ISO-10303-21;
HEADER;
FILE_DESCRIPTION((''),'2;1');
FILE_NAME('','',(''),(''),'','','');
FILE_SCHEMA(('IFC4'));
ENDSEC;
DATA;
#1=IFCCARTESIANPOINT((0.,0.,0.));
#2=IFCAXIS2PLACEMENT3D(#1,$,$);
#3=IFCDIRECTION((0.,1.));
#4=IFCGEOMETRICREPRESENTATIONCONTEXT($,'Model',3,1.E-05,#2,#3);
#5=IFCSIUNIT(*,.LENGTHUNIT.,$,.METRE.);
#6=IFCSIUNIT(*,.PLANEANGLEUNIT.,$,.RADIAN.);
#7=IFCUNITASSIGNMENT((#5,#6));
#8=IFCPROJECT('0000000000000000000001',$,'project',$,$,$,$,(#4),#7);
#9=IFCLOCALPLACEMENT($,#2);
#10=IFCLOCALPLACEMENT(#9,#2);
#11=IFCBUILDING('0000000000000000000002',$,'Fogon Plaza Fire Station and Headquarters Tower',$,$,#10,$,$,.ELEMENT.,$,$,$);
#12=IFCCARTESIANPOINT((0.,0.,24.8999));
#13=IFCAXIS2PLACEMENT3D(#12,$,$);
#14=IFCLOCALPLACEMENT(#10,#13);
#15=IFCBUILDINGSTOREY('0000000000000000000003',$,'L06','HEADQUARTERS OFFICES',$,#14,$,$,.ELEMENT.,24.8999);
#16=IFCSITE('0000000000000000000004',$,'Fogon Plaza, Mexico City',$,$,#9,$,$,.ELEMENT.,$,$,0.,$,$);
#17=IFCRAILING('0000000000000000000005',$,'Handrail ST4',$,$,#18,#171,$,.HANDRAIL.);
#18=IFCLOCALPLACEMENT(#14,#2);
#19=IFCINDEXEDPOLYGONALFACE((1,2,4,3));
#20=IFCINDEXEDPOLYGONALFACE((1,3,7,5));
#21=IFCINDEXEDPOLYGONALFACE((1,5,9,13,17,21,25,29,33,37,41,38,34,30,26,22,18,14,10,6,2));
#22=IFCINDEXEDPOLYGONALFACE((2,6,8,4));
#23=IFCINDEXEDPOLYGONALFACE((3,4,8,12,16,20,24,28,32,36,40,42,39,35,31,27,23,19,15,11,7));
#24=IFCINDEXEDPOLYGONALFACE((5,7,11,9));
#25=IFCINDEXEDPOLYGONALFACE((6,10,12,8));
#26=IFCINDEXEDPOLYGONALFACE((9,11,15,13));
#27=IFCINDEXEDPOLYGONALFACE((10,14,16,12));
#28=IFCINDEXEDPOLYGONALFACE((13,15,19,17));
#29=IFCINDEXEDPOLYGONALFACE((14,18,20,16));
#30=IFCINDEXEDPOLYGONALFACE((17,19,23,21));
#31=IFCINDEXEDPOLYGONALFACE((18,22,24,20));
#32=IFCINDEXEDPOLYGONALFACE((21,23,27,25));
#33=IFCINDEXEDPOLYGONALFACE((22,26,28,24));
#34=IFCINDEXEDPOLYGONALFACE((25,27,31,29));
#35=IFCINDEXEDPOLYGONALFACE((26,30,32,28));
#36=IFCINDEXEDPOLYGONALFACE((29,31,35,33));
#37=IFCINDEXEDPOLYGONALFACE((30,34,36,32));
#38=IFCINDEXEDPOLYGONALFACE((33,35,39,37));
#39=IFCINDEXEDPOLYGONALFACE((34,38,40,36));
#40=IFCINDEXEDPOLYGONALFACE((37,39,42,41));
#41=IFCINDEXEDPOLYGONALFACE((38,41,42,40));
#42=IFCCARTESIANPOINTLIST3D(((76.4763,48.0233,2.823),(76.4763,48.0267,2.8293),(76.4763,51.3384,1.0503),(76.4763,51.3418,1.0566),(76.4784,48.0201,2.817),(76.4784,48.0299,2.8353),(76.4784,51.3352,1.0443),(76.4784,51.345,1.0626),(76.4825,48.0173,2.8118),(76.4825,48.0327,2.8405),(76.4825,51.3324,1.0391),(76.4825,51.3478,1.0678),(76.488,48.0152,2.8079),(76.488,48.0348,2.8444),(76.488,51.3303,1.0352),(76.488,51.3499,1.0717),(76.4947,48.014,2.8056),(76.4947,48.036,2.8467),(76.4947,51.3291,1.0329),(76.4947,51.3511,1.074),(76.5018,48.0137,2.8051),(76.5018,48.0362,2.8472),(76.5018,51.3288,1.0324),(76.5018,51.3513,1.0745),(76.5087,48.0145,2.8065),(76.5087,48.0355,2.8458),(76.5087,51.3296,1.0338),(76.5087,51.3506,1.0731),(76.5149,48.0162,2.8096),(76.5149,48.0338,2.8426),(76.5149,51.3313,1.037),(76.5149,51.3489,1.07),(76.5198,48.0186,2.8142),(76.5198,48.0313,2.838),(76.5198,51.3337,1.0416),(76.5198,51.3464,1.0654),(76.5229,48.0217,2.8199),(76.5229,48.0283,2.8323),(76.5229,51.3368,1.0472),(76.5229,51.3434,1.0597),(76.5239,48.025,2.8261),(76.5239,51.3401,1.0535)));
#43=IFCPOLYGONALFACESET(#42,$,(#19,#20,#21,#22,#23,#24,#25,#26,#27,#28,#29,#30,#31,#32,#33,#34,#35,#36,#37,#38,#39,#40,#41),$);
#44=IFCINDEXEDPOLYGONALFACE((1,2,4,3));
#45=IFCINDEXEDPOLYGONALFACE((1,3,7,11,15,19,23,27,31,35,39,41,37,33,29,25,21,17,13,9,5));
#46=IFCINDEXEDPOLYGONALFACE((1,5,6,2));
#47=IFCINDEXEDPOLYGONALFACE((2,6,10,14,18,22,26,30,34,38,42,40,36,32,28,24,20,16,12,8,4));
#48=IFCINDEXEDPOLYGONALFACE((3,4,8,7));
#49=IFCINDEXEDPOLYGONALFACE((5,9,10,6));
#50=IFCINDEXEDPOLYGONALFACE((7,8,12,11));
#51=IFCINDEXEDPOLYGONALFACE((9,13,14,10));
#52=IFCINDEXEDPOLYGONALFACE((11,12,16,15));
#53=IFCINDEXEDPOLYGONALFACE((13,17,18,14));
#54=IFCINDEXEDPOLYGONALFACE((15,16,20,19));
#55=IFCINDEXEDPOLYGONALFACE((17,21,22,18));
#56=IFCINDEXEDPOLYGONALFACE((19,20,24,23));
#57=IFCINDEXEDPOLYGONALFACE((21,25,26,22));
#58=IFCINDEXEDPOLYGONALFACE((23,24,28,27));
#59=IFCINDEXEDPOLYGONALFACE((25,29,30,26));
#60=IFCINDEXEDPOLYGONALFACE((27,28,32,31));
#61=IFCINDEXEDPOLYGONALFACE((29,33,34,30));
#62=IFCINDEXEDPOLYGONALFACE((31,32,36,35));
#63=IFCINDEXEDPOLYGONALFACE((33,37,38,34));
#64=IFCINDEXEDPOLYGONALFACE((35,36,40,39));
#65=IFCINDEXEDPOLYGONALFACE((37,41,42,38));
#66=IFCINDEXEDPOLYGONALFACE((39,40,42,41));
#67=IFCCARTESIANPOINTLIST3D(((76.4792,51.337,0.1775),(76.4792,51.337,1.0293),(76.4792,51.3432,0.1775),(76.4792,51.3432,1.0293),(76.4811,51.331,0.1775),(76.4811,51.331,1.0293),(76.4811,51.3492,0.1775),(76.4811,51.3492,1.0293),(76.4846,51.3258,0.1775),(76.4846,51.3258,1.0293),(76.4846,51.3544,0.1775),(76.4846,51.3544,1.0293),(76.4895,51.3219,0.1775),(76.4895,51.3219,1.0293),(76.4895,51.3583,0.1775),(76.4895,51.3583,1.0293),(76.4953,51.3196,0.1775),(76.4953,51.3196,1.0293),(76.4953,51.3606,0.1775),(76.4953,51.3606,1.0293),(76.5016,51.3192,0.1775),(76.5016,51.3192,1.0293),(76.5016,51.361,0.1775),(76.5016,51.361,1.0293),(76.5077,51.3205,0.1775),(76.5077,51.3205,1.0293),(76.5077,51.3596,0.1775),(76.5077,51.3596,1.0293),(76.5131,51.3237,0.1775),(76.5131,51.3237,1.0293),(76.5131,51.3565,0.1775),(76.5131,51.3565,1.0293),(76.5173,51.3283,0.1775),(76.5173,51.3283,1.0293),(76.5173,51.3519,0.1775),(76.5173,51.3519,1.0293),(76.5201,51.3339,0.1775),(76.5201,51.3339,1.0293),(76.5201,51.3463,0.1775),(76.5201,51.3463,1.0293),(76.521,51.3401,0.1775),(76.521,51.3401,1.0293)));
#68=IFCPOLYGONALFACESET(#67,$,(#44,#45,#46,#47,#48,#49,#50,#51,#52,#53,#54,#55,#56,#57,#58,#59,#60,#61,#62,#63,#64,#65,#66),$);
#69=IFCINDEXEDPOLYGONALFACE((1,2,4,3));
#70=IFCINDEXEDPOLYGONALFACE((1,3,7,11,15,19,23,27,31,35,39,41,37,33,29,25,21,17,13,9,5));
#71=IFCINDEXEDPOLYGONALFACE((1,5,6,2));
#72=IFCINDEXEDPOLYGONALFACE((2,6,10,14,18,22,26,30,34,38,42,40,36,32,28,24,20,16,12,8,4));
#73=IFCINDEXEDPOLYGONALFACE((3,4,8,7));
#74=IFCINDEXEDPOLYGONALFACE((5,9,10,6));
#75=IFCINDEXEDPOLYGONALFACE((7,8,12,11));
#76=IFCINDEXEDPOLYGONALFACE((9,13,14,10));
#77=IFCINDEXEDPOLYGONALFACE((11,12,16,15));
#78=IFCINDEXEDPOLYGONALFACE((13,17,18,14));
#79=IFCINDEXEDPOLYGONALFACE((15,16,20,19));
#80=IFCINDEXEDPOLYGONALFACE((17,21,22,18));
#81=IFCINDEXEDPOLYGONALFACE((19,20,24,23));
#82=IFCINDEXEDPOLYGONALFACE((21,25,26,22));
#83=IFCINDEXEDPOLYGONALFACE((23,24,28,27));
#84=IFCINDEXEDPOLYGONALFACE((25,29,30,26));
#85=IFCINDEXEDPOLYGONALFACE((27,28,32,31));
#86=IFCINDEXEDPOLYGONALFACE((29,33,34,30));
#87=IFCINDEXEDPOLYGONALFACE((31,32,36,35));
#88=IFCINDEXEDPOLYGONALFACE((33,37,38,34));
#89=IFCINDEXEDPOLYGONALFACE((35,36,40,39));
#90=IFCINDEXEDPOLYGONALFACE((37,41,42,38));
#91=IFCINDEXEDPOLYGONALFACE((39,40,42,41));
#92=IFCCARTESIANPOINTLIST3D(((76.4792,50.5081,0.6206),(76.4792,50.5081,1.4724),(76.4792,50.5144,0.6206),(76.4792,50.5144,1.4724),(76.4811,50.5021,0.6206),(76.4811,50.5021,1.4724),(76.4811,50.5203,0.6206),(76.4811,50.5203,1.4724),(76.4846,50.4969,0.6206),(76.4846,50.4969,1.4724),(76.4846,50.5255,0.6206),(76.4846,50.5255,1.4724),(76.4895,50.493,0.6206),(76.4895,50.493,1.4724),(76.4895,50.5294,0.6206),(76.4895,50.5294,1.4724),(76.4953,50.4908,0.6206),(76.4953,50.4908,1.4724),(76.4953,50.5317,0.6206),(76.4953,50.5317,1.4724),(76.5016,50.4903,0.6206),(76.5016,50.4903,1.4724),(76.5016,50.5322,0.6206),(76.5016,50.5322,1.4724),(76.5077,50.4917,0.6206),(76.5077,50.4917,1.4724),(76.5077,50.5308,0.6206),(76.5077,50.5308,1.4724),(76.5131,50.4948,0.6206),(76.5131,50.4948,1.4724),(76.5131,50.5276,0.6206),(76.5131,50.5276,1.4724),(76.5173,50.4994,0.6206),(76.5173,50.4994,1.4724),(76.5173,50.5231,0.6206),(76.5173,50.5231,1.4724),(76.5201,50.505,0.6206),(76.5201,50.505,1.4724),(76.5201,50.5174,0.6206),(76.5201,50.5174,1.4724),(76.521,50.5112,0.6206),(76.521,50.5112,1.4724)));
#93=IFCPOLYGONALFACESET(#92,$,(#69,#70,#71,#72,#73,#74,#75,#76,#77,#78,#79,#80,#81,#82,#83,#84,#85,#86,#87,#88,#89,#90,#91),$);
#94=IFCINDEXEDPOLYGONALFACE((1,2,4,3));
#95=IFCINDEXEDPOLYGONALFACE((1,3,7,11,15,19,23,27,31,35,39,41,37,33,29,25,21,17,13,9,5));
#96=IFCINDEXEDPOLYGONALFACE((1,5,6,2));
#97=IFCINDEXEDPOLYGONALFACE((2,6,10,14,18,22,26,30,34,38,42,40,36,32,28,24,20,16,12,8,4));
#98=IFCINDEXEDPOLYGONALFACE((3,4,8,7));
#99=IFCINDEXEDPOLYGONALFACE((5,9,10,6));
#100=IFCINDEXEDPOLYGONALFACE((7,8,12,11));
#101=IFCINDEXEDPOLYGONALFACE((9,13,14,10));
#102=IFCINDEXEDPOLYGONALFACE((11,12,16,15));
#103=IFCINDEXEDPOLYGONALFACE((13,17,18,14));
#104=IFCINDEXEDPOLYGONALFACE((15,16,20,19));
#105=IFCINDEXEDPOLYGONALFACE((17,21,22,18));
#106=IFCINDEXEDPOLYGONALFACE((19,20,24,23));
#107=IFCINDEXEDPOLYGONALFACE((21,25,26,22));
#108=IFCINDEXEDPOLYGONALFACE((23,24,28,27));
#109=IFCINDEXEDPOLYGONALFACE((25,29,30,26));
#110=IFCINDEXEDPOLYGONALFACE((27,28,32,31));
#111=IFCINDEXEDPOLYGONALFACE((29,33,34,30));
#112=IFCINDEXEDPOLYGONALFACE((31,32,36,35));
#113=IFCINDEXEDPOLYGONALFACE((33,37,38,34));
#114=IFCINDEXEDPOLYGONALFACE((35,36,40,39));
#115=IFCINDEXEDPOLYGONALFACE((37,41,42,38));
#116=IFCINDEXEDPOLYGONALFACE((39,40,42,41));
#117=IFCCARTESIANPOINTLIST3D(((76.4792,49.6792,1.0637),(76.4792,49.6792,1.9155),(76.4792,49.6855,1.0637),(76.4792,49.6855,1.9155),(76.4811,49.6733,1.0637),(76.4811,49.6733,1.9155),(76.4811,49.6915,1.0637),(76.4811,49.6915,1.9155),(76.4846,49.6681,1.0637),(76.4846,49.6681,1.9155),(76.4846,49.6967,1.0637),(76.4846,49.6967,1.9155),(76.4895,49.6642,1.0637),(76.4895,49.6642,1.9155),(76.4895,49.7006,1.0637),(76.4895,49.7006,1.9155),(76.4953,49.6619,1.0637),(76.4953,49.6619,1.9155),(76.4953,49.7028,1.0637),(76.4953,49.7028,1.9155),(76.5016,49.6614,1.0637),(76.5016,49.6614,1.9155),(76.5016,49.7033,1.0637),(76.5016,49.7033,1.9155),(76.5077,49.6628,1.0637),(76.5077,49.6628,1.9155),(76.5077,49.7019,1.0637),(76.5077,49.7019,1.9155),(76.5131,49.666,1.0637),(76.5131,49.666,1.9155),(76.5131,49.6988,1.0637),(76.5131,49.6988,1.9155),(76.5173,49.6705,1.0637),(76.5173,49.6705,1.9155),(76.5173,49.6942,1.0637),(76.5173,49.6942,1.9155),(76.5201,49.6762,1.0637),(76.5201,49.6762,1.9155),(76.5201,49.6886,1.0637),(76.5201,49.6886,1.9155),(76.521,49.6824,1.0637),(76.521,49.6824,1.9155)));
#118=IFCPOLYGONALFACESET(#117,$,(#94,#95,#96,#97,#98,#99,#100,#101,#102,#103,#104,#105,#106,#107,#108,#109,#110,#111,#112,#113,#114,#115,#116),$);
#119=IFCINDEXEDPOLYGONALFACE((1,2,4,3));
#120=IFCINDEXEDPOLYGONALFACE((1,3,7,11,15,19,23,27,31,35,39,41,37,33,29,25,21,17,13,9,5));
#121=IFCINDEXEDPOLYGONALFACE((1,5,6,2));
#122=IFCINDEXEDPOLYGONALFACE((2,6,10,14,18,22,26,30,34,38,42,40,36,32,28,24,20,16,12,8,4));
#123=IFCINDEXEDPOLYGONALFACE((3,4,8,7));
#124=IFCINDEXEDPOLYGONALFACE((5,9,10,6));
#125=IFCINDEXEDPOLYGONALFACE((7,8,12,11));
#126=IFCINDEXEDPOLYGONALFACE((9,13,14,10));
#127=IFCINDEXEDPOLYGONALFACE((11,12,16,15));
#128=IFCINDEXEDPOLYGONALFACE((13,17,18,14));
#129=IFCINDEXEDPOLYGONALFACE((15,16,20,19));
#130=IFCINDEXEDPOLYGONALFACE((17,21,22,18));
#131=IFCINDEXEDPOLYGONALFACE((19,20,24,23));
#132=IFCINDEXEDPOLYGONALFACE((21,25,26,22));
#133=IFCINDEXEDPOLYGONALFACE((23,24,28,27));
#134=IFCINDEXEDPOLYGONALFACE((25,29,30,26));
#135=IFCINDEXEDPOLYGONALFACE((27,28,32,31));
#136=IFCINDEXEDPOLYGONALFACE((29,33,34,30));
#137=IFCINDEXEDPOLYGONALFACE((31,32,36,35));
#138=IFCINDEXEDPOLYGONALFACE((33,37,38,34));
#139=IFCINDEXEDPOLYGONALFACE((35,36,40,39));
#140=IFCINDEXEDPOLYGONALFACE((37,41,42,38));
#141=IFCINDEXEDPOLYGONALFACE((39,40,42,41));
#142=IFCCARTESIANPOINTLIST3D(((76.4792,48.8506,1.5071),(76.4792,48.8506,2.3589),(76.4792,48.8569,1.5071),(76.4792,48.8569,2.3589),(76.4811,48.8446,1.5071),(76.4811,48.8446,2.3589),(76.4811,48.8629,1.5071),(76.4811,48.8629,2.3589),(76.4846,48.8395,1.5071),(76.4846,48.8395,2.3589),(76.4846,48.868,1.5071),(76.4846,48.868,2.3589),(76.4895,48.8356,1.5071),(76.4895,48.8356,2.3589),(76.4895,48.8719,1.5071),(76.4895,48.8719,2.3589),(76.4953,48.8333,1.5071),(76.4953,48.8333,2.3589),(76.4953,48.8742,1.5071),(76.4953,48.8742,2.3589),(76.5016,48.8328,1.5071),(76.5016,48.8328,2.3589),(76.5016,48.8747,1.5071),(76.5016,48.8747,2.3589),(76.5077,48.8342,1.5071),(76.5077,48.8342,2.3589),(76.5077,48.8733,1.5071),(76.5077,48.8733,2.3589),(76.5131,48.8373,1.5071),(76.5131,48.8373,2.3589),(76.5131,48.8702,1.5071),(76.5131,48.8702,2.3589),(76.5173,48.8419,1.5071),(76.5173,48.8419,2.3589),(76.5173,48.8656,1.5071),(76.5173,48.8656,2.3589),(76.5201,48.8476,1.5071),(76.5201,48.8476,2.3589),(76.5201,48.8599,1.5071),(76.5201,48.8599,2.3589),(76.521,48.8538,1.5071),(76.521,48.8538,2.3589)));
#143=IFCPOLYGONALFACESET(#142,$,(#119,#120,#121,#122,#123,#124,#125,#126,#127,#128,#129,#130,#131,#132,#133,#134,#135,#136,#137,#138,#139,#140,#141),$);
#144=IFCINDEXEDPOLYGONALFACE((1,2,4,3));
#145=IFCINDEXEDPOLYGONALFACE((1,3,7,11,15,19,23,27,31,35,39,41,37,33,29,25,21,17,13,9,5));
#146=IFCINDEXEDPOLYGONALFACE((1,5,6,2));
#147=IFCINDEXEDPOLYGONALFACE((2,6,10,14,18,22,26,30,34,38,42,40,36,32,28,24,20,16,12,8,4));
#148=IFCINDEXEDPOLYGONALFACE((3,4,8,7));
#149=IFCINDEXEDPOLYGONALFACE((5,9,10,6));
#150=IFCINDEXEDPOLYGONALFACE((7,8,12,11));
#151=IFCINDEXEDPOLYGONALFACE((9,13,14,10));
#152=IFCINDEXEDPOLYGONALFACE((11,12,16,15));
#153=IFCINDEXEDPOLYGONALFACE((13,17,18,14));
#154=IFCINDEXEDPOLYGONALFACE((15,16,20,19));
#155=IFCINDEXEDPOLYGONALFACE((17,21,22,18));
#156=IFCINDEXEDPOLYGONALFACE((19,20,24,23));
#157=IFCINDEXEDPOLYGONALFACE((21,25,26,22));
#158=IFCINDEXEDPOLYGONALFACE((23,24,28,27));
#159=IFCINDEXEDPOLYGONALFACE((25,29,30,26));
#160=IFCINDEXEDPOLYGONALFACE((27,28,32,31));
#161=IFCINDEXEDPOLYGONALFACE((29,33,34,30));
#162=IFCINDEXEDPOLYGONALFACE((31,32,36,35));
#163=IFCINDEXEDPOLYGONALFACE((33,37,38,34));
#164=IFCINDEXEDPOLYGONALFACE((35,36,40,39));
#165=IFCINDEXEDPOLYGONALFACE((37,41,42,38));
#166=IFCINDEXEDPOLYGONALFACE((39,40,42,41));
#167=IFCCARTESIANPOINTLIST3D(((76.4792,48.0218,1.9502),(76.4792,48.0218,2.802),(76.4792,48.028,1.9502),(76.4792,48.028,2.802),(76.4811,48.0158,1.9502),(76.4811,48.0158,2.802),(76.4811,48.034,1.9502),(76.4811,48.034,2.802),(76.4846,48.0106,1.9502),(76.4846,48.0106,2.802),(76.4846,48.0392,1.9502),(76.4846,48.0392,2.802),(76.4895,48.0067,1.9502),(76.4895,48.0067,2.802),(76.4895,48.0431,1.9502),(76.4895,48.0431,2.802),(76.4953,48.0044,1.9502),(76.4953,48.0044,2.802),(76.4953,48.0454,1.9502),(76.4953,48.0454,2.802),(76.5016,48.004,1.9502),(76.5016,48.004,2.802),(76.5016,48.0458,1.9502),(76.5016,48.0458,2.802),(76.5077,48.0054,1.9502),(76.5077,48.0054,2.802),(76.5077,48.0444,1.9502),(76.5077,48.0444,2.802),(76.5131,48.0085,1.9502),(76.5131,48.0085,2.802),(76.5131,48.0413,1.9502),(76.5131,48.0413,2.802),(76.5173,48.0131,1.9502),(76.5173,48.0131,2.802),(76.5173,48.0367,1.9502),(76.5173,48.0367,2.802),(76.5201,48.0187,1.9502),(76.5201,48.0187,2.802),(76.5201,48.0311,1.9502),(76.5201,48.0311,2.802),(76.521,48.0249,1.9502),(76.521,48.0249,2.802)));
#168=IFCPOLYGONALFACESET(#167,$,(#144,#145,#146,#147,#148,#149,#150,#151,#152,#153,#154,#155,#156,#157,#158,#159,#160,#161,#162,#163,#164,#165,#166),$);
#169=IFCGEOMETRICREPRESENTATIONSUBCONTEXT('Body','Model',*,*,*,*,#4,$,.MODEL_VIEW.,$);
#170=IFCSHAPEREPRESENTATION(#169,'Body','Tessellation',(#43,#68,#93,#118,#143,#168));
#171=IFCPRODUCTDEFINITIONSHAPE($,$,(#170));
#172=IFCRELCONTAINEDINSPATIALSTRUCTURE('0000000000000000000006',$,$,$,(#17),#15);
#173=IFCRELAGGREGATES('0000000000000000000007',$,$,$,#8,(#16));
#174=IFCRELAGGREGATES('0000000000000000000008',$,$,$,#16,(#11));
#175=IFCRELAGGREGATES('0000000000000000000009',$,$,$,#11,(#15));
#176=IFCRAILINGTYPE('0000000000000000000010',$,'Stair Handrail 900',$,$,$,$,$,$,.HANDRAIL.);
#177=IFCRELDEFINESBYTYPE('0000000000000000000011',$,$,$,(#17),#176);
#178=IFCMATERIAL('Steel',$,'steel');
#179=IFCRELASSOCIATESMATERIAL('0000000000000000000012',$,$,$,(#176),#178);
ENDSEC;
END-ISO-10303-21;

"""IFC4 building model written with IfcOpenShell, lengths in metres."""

from ifc_helpers import new_model, si_unit, direction, frame, origin, origin_2d, place, context, subcontext, project, spatial, circle, extrude, material, type_object, element, save


model = new_model("IFC4")

# Units and contexts
model_context = context("Model", 3, precision=1e-05, world=origin(), true_north=direction((0.0, 1.0)))
body_context = subcontext(model_context, "Body", "Model", "MODEL_VIEW")
ifc_project = project(units=[si_unit("LENGTHUNIT", "METRE"), si_unit("PLANEANGLEUNIT", "RADIAN")], contexts=[model_context])

# Site, building, storey
site_placement = place(None, origin())
site = spatial("IfcSite", under=ifc_project, at=site_placement, Name="Fogon Plaza, Mexico City", CompositionType="ELEMENT", RefElevation=0.0)
building_placement = place(site_placement, origin())
building = spatial("IfcBuilding", under=site, at=building_placement, Name="Fogon Plaza Fire Station and Headquarters Tower", CompositionType="ELEMENT")
storey_placement = place(building_placement, frame((0.0, 0.0, 24.8999)))
storey = spatial("IfcBuildingStorey", under=building, at=storey_placement, Name="L06", Description="HEADQUARTERS OFFICES", CompositionType="ELEMENT", Elevation=24.8999)

# Railing
ifc_material_1 = material(Name="Steel", Category="steel")
railing_type = type_object("IfcRailingType", Name="Stair Handrail 900", PredefinedType="HANDRAIL", material=ifc_material_1)
for number, where, name in (
    (1, (76.5, 51.3401, 0.1775), "Handrail ST4"),
):
    element("IfcRailing", number, at=place(storey_placement, frame(where)), inside=storey, type_object=railing_type, Name=name, PredefinedType="HANDRAIL", context=body_context, shape_type="SweptSolid", body=[
        extrude(circle(Radius=0.0239, at=origin_2d()), frame((0.0, 0.0, 0.876), z_axis=(0.0, -0.881844, 0.471542), x_axis=(1.0, 0.0, 0.0)), (0.0, 0.0, 1.0), 3.7593),
        extrude(circle(Radius=0.021, at=origin_2d()), origin(), (0.0, 0.0, 1.0), 0.8518),
        extrude(circle(Radius=0.021, at=origin_2d()), frame((0.0, -0.8289, 0.4431)), (0.0, 0.0, 1.0), 0.8518),
        extrude(circle(Radius=0.021, at=origin_2d()), frame((0.0, -1.6577, 0.8862)), (0.0, 0.0, 1.0), 0.8518),
        extrude(circle(Radius=0.021, at=origin_2d()), frame((0.0, -2.4863, 1.3296)), (0.0, 0.0, 1.0), 0.8518),
        extrude(circle(Radius=0.021, at=origin_2d()), frame((0.0, -3.3152, 1.7727)), (0.0, 0.0, 1.0), 0.8518),
    ])

save(model, "model.ifc")
